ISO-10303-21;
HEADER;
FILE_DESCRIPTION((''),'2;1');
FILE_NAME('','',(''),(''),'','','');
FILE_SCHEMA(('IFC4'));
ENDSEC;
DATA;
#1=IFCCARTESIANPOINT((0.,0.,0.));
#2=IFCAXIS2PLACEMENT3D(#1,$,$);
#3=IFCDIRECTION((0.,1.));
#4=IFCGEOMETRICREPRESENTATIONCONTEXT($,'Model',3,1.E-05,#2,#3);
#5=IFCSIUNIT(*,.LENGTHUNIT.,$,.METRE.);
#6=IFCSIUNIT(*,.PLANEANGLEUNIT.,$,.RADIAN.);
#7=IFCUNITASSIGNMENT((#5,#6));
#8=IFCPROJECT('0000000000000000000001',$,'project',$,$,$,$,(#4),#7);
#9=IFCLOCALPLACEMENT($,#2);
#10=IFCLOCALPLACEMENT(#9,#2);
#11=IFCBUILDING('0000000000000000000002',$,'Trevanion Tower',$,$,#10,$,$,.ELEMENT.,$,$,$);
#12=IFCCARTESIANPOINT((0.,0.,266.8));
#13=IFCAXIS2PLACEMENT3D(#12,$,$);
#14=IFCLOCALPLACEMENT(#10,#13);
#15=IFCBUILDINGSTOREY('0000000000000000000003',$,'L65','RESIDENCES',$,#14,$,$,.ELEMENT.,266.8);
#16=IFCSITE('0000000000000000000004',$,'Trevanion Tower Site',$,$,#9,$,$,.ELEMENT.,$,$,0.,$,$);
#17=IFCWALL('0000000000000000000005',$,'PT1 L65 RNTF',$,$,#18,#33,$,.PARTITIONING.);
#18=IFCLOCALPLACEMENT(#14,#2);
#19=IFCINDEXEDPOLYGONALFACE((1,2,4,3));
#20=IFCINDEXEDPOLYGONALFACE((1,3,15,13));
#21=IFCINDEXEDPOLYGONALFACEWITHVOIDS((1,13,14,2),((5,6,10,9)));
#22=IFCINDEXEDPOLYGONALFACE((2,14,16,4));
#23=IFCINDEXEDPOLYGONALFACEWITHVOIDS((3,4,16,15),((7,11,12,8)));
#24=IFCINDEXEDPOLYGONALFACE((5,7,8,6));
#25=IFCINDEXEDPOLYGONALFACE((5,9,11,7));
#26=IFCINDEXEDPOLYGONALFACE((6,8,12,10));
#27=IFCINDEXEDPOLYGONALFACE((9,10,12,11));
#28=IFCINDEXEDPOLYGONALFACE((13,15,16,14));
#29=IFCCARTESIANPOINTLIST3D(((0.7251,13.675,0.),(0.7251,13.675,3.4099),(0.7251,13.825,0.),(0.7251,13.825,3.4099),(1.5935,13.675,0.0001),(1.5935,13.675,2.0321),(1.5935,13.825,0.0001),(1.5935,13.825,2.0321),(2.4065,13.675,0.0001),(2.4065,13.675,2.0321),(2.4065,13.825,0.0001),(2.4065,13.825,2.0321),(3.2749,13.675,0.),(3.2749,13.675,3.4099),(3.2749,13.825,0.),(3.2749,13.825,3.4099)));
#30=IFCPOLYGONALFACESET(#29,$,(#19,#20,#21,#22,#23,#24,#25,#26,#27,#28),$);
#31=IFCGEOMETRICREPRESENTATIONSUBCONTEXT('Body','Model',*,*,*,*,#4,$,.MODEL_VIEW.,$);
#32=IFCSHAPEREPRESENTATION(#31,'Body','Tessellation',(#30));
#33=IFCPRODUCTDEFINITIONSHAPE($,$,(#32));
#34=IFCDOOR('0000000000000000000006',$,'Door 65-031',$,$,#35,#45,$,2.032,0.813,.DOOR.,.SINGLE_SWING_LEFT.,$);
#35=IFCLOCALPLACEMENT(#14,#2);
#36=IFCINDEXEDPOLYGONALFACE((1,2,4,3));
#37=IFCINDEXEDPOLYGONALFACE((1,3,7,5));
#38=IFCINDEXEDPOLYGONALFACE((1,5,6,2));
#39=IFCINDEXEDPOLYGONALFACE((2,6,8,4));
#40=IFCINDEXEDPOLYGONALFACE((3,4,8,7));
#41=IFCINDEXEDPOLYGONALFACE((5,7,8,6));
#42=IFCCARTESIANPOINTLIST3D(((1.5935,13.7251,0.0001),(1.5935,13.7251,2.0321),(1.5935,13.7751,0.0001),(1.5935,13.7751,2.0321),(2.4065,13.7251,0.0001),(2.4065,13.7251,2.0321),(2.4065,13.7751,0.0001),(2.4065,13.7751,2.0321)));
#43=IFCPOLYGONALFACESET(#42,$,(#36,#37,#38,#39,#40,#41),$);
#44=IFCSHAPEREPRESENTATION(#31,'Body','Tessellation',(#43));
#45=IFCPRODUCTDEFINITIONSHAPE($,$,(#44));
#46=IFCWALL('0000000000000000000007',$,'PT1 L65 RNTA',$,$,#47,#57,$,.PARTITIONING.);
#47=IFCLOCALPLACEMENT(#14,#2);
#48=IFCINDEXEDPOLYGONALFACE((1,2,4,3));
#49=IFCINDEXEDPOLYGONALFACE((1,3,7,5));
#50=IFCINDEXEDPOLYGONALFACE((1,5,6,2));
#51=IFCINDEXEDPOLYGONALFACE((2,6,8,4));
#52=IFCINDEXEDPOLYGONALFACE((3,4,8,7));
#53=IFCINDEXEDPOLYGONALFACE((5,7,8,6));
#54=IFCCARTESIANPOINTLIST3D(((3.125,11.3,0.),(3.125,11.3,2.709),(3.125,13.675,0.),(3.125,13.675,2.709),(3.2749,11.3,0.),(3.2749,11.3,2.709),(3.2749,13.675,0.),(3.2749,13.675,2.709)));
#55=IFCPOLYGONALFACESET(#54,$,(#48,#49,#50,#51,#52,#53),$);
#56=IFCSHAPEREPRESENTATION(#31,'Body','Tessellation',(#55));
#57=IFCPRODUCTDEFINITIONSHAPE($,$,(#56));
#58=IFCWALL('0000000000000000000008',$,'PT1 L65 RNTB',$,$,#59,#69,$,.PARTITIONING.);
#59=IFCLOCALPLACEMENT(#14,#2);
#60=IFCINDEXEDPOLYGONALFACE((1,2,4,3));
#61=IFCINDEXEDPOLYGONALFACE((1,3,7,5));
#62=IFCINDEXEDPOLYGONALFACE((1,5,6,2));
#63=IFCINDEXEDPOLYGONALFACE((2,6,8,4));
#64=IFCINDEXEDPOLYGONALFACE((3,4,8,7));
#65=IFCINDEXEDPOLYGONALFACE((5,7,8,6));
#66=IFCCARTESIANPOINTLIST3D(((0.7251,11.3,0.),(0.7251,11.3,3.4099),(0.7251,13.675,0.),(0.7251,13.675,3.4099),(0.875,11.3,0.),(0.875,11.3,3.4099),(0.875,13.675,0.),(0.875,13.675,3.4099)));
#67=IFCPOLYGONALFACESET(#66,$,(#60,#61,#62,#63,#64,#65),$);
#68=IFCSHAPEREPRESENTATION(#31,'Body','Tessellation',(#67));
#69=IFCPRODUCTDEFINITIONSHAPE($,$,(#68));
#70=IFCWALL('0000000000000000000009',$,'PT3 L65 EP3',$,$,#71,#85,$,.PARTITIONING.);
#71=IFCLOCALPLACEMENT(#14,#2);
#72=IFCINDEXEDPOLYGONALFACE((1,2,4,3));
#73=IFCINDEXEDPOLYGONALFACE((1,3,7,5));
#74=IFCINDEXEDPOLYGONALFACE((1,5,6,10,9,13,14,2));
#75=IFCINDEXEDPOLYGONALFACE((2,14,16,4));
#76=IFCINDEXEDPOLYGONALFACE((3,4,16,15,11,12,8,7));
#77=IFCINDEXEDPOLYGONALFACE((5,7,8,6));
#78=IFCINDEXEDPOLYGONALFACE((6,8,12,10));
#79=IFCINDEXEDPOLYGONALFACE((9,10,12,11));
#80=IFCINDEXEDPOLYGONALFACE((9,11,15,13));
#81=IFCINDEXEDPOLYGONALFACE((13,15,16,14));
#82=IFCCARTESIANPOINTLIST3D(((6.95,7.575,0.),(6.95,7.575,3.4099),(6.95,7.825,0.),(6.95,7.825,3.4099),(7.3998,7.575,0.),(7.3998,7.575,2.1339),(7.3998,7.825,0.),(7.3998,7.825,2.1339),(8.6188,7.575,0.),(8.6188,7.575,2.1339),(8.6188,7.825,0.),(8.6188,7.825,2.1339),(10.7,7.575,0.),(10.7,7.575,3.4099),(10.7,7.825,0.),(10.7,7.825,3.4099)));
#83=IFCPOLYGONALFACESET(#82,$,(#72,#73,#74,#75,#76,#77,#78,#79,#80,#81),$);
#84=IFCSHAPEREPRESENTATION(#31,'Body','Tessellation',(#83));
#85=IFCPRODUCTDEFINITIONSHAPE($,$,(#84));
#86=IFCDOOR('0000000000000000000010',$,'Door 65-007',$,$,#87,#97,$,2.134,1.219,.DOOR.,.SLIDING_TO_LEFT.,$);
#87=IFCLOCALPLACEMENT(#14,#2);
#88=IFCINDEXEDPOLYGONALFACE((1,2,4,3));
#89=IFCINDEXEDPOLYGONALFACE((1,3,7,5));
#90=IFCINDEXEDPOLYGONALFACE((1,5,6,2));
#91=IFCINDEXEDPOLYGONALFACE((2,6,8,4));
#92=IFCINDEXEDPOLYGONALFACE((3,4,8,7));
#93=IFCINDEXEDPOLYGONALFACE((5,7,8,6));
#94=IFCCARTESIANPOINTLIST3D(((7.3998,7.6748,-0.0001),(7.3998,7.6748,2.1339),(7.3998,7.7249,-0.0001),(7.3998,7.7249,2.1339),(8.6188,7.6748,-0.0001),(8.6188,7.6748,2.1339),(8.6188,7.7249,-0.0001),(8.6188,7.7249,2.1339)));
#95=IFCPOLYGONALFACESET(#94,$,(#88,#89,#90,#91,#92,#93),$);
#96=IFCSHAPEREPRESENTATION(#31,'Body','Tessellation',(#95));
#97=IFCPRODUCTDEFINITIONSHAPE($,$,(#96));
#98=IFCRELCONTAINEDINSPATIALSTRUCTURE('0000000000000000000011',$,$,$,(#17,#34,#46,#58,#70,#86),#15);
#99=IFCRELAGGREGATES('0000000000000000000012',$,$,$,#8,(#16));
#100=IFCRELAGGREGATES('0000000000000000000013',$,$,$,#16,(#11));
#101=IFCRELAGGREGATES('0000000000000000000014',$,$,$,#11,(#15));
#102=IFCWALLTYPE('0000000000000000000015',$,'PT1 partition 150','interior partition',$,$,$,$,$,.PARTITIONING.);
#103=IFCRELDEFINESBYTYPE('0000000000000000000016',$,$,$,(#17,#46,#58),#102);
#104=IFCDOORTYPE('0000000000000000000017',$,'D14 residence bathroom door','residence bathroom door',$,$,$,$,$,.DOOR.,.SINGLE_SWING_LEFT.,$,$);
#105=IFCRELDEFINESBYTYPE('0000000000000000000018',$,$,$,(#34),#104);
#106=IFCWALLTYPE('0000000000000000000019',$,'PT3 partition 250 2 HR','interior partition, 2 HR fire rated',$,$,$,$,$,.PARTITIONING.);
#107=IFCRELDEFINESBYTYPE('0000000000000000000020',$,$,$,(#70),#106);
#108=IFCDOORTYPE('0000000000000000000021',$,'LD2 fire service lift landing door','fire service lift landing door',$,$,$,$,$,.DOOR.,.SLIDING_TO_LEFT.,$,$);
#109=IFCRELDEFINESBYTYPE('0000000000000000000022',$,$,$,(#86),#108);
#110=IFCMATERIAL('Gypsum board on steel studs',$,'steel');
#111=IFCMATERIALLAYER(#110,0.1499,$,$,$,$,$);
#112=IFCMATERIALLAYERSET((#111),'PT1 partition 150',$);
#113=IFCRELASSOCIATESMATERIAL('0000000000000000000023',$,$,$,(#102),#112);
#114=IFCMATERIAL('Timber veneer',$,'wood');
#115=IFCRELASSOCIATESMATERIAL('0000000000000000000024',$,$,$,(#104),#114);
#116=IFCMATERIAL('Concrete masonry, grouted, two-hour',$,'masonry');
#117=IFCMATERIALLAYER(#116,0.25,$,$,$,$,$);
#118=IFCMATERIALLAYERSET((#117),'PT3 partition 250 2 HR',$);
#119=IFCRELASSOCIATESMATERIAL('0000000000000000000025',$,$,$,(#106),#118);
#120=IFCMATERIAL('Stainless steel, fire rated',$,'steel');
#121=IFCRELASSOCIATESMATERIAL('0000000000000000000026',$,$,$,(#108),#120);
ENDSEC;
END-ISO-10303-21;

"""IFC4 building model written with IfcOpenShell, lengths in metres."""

from ifc_helpers import new_model, si_unit, direction, frame, frame_2d, origin, place, context, subcontext, project, spatial, rectangle, extrude, material, layer, layer_set, type_object, element, fill, save


model = new_model("IFC4")

# Units and contexts
model_context = context("Model", 3, precision=1e-05, world=origin(), true_north=direction((0.0, 1.0)))
body_context = subcontext(model_context, "Body", "Model", "MODEL_VIEW")
ifc_project = project(units=[si_unit("LENGTHUNIT", "METRE"), si_unit("PLANEANGLEUNIT", "RADIAN")], contexts=[model_context])

# Site, building, storey
site_placement = place(None, origin())
site = spatial("IfcSite", under=ifc_project, at=site_placement, Name="Trevanion Tower Site", CompositionType="ELEMENT", RefElevation=0.0)
building_placement = place(site_placement, origin())
building = spatial("IfcBuilding", under=site, at=building_placement, Name="Trevanion Tower", CompositionType="ELEMENT")
storey_placement = place(building_placement, frame((0.0, 0.0, 266.8)))
storey = spatial("IfcBuildingStorey", under=building, at=storey_placement, Name="L65", Description="RESIDENCES", CompositionType="ELEMENT", Elevation=266.8)

# Wall, opening, door
ifc_material_1 = material(Name="Gypsum board on steel studs", Category="steel")
ifc_layer_1 = layer(ifc_material_1, 0.1499)
ifc_layer_set_1 = layer_set([ifc_layer_1], Name="PT1 partition 150")
wall_type_1 = type_object("IfcWallType", Name="PT1 partition 150", Description="interior partition", PredefinedType="PARTITIONING", material=ifc_layer_set_1)
wall_1_placement = place(storey_placement, frame((3.2749, 13.75, 0.0), z_axis=(0.0, 0.0, 1.0), x_axis=(-1.0, 0.0, 0.0)))
wall_1 = element("IfcWall", 1, at=wall_1_placement, inside=storey, type_object=wall_type_1, Name="PT1 L65 RNTF", PredefinedType="PARTITIONING", context=body_context, shape_type="SweptSolid", body=[
    extrude(rectangle(XDim=2.5498, YDim=0.1499, at=frame_2d((1.2749, 0.0))), origin(), (0.0, 0.0, 1.0), 3.4099),
])
opening_1_placement = place(wall_1_placement, frame((0.8684, 0.0, 0.0)))
opening_1 = element("IfcOpeningElement", 2, at=opening_1_placement, cuts=wall_1, PredefinedType="OPENING", context=body_context, shape_type="SweptSolid", body=[
    extrude(rectangle(XDim=0.813, YDim=2.032, at=frame_2d((0.4065, 1.0161))), frame((0.0, 0.085, 0.0), z_axis=(0.0, -1.0, 0.0), x_axis=(1.0, 0.0, 0.0)), (0.0, 0.0, 1.0), 0.1699),
])
ifc_material_2 = material(Name="Timber veneer", Category="wood")
door_type_1 = type_object("IfcDoorType", Name="D14 residence bathroom door", Description="residence bathroom door", OperationType="SINGLE_SWING_LEFT", PredefinedType="DOOR", material=ifc_material_2)
door_1_placement = place(opening_1_placement, origin())
door_1 = element("IfcDoor", 3, at=door_1_placement, inside=storey, type_object=door_type_1, Name="Door 65-031", OperationType="SINGLE_SWING_LEFT", OverallHeight=2.032, OverallWidth=0.813, PredefinedType="DOOR", context=body_context, shape_type="SweptSolid", body=[
    extrude(rectangle(XDim=0.813, YDim=2.032, at=frame_2d((0.4065, 1.0161))), frame((0.0, 0.0249, 0.0), z_axis=(0.0, -1.0, 0.0), x_axis=(1.0, 0.0, 0.0)), (0.0, 0.0, 1.0), 0.05),
])
fill(opening_1, door_1)

# Walls
wall_2_placement = place(storey_placement, frame((3.2, 11.3, 0.0), z_axis=(0.0, 0.0, 1.0), x_axis=(0.0, 1.0, 0.0)))
element("IfcWall", 4, at=wall_2_placement, inside=storey, type_object=wall_type_1, Name="PT1 L65 RNTA", PredefinedType="PARTITIONING", context=body_context, shape_type="SweptSolid", body=[
    extrude(rectangle(XDim=2.375, YDim=0.1499, at=frame_2d((1.1875, 0.0))), origin(), (0.0, 0.0, 1.0), 2.709),
])
wall_3_placement = place(storey_placement, frame((0.8, 11.3, 0.0), z_axis=(0.0, 0.0, 1.0), x_axis=(0.0, 1.0, 0.0)))
element("IfcWall", 5, at=wall_3_placement, inside=storey, type_object=wall_type_1, Name="PT1 L65 RNTB", PredefinedType="PARTITIONING", context=body_context, shape_type="SweptSolid", body=[
    extrude(rectangle(XDim=2.375, YDim=0.1499, at=frame_2d((1.1875, 0.0))), origin(), (0.0, 0.0, 1.0), 3.4099),
])

# Wall, opening, door
ifc_material_3 = material(Name="Concrete masonry, grouted, two-hour", Category="masonry")
ifc_layer_2 = layer(ifc_material_3, 0.25)
ifc_layer_set_2 = layer_set([ifc_layer_2], Name="PT3 partition 250 2 HR")
wall_type_2 = type_object("IfcWallType", Name="PT3 partition 250 2 HR", Description="interior partition, 2 HR fire rated", PredefinedType="PARTITIONING", material=ifc_layer_set_2)
wall_4_placement = place(storey_placement, frame((6.95, 7.7, 0.0), z_axis=(0.0, 0.0, 1.0), x_axis=(1.0, 0.0, 0.0)))
wall_4 = element("IfcWall", 6, at=wall_4_placement, inside=storey, type_object=wall_type_2, Name="PT3 L65 EP3", PredefinedType="PARTITIONING", context=body_context, shape_type="SweptSolid", body=[
    extrude(rectangle(XDim=3.75, YDim=0.25, at=frame_2d((1.875, 0.0))), origin(), (0.0, 0.0, 1.0), 3.4099),
])
opening_2_placement = place(wall_4_placement, frame((0.45, 0.0, 0.0)))
opening_2 = element("IfcOpeningElement", 7, at=opening_2_placement, cuts=wall_4, PredefinedType="OPENING", context=body_context, shape_type="SweptSolid", body=[
    extrude(rectangle(XDim=1.219, YDim=2.134, at=frame_2d((0.6094, 1.0669))), frame((0.0, 0.135, 0.0), z_axis=(0.0, -1.0, 0.0), x_axis=(1.0, 0.0, 0.0)), (0.0, 0.0, 1.0), 0.27),
])
ifc_material_4 = material(Name="Stainless steel, fire rated", Category="steel")
door_type_2 = type_object("IfcDoorType", Name="LD2 fire service lift landing door", Description="fire service lift landing door", OperationType="SLIDING_TO_LEFT", PredefinedType="DOOR", material=ifc_material_4)
door_2_placement = place(opening_2_placement, origin())
door_2 = element("IfcDoor", 8, at=door_2_placement, inside=storey, type_object=door_type_2, Name="Door 65-007", OperationType="SLIDING_TO_LEFT", OverallHeight=2.134, OverallWidth=1.219, PredefinedType="DOOR", context=body_context, shape_type="SweptSolid", body=[
    extrude(rectangle(XDim=1.219, YDim=2.134, at=frame_2d((0.6094, 1.0669))), frame((0.0, 0.0249, 0.0), z_axis=(0.0, -1.0, 0.0), x_axis=(1.0, 0.0, 0.0)), (0.0, 0.0, 1.0), 0.05),
])
fill(opening_2, door_2)

save(model, "model.ifc")
